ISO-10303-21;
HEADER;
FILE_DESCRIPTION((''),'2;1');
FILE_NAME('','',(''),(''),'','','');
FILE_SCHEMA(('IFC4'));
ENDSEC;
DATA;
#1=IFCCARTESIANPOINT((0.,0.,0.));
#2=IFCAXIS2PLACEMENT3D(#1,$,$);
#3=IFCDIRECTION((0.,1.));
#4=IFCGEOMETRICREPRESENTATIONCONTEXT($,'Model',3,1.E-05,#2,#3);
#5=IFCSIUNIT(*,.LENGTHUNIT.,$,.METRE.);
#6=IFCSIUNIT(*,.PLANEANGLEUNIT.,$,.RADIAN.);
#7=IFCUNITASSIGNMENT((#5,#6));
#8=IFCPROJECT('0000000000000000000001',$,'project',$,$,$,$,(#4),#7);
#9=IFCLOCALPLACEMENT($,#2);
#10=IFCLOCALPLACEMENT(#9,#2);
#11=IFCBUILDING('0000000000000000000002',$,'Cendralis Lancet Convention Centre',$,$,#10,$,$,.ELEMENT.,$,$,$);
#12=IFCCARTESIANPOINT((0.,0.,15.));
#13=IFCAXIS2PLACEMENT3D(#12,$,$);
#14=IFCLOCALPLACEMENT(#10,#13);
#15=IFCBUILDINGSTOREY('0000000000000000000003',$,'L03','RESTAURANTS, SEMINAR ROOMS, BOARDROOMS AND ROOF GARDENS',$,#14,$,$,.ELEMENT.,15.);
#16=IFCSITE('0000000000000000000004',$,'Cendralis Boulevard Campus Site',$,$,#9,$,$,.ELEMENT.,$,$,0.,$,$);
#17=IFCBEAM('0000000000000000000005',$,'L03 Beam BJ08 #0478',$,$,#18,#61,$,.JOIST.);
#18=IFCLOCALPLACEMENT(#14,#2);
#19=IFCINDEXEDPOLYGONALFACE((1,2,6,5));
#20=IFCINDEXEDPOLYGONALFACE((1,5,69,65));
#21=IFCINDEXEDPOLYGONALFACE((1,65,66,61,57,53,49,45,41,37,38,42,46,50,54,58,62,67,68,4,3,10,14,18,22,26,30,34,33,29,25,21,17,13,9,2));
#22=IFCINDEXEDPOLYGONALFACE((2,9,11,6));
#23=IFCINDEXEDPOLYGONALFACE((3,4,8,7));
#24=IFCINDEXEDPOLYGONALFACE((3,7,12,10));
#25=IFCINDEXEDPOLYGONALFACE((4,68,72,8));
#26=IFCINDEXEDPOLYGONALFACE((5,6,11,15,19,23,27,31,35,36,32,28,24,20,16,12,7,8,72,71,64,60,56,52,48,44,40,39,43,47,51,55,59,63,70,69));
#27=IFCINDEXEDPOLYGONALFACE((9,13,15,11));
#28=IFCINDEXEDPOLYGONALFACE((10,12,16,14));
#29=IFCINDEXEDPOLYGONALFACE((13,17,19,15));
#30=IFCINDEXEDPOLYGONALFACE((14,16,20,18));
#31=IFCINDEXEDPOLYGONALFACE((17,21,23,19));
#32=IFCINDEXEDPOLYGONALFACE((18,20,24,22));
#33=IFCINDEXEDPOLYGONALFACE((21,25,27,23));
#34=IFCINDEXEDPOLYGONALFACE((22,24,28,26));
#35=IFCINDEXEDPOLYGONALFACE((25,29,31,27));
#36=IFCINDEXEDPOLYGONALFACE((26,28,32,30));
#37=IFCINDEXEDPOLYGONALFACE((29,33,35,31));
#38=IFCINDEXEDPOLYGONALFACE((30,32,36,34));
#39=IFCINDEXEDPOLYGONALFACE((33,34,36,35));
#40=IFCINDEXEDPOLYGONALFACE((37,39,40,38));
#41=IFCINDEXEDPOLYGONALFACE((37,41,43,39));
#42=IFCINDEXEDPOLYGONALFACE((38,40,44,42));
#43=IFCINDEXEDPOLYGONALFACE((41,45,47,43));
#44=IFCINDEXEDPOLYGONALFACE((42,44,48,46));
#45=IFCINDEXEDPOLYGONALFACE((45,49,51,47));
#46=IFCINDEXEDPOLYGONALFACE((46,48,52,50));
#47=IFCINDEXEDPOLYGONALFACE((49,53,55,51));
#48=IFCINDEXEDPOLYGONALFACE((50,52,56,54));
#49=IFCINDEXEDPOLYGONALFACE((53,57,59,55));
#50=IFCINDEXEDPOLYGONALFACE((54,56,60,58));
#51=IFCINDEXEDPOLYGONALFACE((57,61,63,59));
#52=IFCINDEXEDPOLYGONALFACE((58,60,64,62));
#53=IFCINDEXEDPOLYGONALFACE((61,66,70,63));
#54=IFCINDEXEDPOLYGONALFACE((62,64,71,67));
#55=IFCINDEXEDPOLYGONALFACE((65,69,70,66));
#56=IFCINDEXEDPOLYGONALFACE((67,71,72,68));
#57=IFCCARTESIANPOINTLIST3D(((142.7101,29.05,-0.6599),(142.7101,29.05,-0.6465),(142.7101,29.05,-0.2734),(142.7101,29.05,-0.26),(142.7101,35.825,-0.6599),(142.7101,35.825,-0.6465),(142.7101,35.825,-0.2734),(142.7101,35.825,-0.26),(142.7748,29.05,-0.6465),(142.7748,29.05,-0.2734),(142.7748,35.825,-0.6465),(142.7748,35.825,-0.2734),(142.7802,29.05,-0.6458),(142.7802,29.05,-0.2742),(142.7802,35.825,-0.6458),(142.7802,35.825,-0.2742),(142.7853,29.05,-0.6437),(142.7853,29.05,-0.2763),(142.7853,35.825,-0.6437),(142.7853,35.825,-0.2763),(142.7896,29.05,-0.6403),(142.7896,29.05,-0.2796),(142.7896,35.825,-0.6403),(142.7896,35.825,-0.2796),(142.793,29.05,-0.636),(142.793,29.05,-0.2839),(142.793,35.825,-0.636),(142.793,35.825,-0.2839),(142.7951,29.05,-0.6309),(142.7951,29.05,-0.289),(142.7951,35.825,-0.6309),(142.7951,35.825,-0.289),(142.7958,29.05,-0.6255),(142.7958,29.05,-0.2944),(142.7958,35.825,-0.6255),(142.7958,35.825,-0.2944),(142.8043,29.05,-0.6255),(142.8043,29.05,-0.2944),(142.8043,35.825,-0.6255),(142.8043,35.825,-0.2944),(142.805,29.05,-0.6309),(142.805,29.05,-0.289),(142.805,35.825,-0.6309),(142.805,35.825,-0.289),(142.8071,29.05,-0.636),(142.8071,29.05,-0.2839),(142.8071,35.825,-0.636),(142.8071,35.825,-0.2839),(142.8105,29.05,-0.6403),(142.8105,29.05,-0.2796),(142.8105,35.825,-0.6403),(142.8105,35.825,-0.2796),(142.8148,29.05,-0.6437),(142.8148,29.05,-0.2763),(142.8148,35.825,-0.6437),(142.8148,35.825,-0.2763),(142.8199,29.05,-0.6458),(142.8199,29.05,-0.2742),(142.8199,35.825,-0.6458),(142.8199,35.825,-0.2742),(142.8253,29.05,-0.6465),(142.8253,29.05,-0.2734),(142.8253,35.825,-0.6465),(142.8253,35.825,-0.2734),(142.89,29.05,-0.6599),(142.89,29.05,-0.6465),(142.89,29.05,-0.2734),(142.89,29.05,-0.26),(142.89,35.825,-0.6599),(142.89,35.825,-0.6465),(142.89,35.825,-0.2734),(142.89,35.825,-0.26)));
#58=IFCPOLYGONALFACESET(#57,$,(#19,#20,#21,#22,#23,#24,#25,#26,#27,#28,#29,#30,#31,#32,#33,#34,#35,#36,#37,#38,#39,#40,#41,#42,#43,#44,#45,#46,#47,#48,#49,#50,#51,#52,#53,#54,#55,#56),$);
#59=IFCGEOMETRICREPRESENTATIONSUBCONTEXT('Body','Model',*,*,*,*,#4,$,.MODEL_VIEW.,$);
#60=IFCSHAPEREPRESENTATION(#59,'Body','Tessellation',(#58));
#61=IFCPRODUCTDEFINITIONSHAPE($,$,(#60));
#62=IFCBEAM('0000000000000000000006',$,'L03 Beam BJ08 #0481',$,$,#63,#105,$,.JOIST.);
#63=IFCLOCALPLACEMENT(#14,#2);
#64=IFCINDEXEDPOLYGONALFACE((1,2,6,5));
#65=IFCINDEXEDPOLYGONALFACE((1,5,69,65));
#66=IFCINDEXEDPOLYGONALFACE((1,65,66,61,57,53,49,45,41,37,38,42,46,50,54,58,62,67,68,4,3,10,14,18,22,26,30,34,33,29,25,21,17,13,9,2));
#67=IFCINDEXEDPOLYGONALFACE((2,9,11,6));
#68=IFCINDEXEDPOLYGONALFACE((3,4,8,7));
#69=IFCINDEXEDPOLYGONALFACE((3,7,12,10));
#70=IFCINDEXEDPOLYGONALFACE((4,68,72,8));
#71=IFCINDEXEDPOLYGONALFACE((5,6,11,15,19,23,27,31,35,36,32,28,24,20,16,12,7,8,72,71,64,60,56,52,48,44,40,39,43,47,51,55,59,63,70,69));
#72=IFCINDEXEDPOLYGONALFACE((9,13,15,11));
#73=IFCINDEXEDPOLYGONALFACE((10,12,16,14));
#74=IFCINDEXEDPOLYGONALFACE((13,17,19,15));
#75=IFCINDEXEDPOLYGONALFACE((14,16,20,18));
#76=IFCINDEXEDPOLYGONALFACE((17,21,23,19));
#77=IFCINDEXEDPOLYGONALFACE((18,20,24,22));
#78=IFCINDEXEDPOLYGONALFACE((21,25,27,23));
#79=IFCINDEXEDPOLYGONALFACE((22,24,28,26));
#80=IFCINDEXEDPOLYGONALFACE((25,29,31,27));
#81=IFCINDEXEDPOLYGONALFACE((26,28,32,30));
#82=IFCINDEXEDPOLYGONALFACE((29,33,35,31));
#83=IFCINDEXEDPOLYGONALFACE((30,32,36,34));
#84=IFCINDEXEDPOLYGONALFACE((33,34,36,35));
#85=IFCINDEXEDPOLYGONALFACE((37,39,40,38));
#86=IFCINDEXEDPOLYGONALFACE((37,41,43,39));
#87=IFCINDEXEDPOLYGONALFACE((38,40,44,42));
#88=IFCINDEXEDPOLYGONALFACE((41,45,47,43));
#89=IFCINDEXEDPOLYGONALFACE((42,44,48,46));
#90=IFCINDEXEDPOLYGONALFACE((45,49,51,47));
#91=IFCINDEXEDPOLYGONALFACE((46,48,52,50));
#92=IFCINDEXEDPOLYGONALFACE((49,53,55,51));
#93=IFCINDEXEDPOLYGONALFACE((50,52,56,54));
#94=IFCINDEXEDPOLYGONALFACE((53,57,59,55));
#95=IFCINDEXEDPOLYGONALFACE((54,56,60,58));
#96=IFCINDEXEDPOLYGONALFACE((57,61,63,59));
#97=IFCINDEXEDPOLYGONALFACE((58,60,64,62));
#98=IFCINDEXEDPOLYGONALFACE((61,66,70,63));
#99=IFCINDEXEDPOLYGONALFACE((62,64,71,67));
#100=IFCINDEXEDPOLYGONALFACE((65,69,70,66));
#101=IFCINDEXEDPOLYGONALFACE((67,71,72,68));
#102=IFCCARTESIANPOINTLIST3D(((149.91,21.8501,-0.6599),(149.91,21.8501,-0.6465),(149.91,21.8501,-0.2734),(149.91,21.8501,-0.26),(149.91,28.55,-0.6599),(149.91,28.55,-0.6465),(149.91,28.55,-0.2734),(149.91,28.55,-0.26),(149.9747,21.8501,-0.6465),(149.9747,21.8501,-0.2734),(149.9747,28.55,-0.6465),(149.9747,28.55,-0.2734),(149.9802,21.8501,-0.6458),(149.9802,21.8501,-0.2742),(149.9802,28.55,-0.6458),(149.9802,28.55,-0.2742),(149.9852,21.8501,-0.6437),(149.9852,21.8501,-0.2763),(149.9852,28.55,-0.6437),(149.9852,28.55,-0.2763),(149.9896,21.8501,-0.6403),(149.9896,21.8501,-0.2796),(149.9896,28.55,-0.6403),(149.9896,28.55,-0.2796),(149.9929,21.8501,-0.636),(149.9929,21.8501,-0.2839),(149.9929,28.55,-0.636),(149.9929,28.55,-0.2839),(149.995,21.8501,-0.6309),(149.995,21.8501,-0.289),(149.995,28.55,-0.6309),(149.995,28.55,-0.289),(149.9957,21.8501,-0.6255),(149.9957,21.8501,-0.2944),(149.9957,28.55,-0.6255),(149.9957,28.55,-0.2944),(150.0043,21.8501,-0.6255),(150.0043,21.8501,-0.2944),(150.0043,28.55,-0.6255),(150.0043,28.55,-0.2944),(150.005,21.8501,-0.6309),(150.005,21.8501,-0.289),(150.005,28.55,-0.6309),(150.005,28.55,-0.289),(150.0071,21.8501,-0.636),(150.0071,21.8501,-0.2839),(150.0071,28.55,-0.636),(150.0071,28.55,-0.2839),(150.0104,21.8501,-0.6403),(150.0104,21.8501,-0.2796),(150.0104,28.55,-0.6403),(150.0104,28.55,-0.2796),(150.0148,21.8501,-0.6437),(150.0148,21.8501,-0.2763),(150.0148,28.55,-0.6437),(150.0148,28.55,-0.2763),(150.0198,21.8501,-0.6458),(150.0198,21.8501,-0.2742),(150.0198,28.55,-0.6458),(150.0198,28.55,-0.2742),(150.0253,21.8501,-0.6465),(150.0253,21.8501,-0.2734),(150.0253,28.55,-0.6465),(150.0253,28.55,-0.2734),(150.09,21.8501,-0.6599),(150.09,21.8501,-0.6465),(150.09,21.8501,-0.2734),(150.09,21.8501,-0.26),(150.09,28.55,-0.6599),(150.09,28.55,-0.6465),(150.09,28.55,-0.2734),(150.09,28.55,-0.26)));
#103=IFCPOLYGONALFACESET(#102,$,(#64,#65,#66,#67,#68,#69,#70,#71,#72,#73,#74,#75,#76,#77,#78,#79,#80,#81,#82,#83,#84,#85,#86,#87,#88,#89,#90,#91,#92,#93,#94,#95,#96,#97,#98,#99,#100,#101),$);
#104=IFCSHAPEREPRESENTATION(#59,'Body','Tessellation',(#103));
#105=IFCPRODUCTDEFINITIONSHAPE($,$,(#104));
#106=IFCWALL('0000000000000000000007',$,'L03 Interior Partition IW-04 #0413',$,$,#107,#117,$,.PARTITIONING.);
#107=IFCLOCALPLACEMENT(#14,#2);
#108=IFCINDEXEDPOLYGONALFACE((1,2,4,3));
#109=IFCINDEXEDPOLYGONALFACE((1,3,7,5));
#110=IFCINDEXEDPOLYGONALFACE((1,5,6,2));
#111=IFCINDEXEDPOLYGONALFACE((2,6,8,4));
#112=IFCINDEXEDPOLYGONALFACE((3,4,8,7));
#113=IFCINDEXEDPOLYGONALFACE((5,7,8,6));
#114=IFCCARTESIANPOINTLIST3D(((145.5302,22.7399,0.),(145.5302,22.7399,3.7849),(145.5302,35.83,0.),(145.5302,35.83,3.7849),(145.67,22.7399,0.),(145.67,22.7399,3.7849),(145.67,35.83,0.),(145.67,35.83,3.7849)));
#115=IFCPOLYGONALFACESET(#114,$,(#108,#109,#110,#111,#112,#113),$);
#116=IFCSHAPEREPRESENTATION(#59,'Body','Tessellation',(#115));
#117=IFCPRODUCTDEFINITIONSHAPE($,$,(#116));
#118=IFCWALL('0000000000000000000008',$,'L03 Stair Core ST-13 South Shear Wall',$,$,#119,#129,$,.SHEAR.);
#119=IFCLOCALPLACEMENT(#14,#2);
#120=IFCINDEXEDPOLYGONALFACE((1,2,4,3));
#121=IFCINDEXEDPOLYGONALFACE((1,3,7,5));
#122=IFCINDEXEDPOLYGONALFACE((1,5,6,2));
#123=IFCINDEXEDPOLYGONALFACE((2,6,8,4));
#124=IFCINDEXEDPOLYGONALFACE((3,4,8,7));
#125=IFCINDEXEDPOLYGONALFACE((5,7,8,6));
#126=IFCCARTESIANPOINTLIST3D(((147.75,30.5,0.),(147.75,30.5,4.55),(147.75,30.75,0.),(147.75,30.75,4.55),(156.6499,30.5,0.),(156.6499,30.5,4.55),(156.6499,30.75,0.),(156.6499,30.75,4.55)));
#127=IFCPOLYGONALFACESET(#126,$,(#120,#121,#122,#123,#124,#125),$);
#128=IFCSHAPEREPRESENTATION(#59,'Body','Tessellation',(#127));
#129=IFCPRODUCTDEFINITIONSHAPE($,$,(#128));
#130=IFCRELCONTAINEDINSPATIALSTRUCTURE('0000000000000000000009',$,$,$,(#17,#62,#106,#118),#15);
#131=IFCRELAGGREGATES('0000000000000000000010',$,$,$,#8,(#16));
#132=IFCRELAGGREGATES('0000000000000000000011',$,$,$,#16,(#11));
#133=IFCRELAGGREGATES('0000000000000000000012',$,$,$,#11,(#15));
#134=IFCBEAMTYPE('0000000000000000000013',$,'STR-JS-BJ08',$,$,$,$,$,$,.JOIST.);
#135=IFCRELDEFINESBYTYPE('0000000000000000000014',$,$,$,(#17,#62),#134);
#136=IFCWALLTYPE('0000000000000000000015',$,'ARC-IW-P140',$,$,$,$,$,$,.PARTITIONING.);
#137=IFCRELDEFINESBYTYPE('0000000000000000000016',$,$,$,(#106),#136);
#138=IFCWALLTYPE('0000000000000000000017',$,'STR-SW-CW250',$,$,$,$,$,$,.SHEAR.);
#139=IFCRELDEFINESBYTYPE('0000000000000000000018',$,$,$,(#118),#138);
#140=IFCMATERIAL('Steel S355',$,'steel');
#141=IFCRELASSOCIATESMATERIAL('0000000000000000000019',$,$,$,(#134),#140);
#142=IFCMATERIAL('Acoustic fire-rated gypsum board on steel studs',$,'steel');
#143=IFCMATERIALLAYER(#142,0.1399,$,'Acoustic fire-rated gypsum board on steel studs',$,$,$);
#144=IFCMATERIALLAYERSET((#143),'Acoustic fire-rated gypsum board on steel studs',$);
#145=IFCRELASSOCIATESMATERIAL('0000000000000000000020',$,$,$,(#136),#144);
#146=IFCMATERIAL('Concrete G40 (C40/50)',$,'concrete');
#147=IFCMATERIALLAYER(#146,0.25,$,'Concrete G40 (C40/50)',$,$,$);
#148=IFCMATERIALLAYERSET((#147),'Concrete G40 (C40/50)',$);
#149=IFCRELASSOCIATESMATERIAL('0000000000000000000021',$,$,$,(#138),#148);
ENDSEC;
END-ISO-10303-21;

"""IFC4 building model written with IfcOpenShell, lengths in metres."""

from ifc_helpers import new_model, si_unit, direction, frame, frame_2d, origin, origin_2d, place, context, subcontext, project, spatial, rectangle, i_section, extrude, material, layer, layer_set, material_profile, profile_set, type_object, element, save


model = new_model("IFC4")

# Units and contexts
model_context = context("Model", 3, precision=1e-05, world=origin(), true_north=direction((0.0, 1.0)))
body_context = subcontext(model_context, "Body", "Model", "MODEL_VIEW")
ifc_project = project(units=[si_unit("LENGTHUNIT", "METRE"), si_unit("PLANEANGLEUNIT", "RADIAN")], contexts=[model_context])

# Site, building, storey
site_placement = place(None, origin())
site = spatial("IfcSite", under=ifc_project, at=site_placement, Name="Cendralis Boulevard Campus Site", CompositionType="ELEMENT", RefElevation=0.0)
building_placement = place(site_placement, origin())
building = spatial("IfcBuilding", under=site, at=building_placement, Name="Cendralis Lancet Convention Centre", CompositionType="ELEMENT")
storey_placement = place(building_placement, frame((0.0, 0.0, 15.0)))
storey = spatial("IfcBuildingStorey", under=building, at=storey_placement, Name="L03", Description="RESTAURANTS, SEMINAR ROOMS, BOARDROOMS AND ROOF GARDENS", CompositionType="ELEMENT", Elevation=15.0)

# Shared definitions
ifc_material_1 = material(Name="Concrete G40 (C40/50)", Category="concrete")

# Beams
ifc_material_2 = material(Name="Steel S355", Category="steel")
ifc_material_profile_1 = material_profile(ifc_material_2, i_section(OverallWidth=0.1799, OverallDepth=0.3999, WebThickness=0.0085, FlangeThickness=0.0134, FilletRadius=0.021, at=origin_2d()), Name="IPE 400")
ifc_profile_set_1 = profile_set([ifc_material_profile_1], Name="Steel S355")
beam_type_1 = type_object("IfcBeamType", Name="STR-JS-BJ08", PredefinedType="JOIST", material=ifc_profile_set_1)
beam_1_placement = place(storey_placement, frame((142.8, 29.05, -0.46), z_axis=(0.0, 1.0, 0.0), x_axis=(-1.0, 0.0, 0.0)))
element("IfcBeam", 1, at=beam_1_placement, inside=storey, type_object=beam_type_1, Name="L03 Beam BJ08 #0478", PredefinedType="JOIST", context=body_context, shape_type="SweptSolid", body=[
    extrude(i_section(OverallWidth=0.1799, OverallDepth=0.3999, WebThickness=0.0085, FlangeThickness=0.0134, FilletRadius=0.021, at=origin_2d()), origin(), (0.0, 0.0, 1.0), 6.7749),
])
beam_2_placement = place(storey_placement, frame((150.0, 21.8501, -0.46), z_axis=(0.0, 1.0, 0.0), x_axis=(-1.0, 0.0, 0.0)))
element("IfcBeam", 2, at=beam_2_placement, inside=storey, type_object=beam_type_1, Name="L03 Beam BJ08 #0481", PredefinedType="JOIST", context=body_context, shape_type="SweptSolid", body=[
    extrude(i_section(OverallWidth=0.1799, OverallDepth=0.3999, WebThickness=0.0085, FlangeThickness=0.0134, FilletRadius=0.021, at=origin_2d()), origin(), (0.0, 0.0, 1.0), 6.7),
])

# Wall
ifc_material_3 = material(Name="Acoustic fire-rated gypsum board on steel studs", Category="steel")
ifc_layer_1 = layer(ifc_material_3, 0.1399, Name="Acoustic fire-rated gypsum board on steel studs")
ifc_layer_set_1 = layer_set([ifc_layer_1], Name="Acoustic fire-rated gypsum board on steel studs")
wall_type_1 = type_object("IfcWallType", Name="ARC-IW-P140", PredefinedType="PARTITIONING", material=ifc_layer_set_1)
wall_1_placement = place(storey_placement, frame((145.6001, 22.74, 0.0), z_axis=(0.0, 0.0, 1.0), x_axis=(0.0, 1.0, 0.0)))
element("IfcWall", 3, at=wall_1_placement, inside=storey, type_object=wall_type_1, Name="L03 Interior Partition IW-04 #0413", PredefinedType="PARTITIONING", context=body_context, shape_type="SweptSolid", body=[
    extrude(rectangle(XDim=13.0901, YDim=0.1399, at=frame_2d((6.5449, 0.0))), origin(), (0.0, 0.0, 1.0), 3.7849),
])

# Shared definitions
ifc_layer_2 = layer(ifc_material_1, 0.25, Name="Concrete G40 (C40/50)")
ifc_layer_set_2 = layer_set([ifc_layer_2], Name="Concrete G40 (C40/50)")
wall_type_2 = type_object("IfcWallType", Name="STR-SW-CW250", PredefinedType="SHEAR", material=ifc_layer_set_2)

# Wall
wall_2_placement = place(storey_placement, frame((147.75, 30.625, 0.0), z_axis=(0.0, 0.0, 1.0), x_axis=(1.0, 0.0, 0.0)))
element("IfcWall", 4, at=wall_2_placement, inside=storey, type_object=wall_type_2, Name="L03 Stair Core ST-13 South Shear Wall", PredefinedType="SHEAR", context=body_context, shape_type="SweptSolid", body=[
    extrude(rectangle(XDim=8.8999, YDim=0.25, at=frame_2d((4.45, 0.0))), origin(), (0.0, 0.0, 1.0), 4.55),
])

save(model, "model.ifc")
